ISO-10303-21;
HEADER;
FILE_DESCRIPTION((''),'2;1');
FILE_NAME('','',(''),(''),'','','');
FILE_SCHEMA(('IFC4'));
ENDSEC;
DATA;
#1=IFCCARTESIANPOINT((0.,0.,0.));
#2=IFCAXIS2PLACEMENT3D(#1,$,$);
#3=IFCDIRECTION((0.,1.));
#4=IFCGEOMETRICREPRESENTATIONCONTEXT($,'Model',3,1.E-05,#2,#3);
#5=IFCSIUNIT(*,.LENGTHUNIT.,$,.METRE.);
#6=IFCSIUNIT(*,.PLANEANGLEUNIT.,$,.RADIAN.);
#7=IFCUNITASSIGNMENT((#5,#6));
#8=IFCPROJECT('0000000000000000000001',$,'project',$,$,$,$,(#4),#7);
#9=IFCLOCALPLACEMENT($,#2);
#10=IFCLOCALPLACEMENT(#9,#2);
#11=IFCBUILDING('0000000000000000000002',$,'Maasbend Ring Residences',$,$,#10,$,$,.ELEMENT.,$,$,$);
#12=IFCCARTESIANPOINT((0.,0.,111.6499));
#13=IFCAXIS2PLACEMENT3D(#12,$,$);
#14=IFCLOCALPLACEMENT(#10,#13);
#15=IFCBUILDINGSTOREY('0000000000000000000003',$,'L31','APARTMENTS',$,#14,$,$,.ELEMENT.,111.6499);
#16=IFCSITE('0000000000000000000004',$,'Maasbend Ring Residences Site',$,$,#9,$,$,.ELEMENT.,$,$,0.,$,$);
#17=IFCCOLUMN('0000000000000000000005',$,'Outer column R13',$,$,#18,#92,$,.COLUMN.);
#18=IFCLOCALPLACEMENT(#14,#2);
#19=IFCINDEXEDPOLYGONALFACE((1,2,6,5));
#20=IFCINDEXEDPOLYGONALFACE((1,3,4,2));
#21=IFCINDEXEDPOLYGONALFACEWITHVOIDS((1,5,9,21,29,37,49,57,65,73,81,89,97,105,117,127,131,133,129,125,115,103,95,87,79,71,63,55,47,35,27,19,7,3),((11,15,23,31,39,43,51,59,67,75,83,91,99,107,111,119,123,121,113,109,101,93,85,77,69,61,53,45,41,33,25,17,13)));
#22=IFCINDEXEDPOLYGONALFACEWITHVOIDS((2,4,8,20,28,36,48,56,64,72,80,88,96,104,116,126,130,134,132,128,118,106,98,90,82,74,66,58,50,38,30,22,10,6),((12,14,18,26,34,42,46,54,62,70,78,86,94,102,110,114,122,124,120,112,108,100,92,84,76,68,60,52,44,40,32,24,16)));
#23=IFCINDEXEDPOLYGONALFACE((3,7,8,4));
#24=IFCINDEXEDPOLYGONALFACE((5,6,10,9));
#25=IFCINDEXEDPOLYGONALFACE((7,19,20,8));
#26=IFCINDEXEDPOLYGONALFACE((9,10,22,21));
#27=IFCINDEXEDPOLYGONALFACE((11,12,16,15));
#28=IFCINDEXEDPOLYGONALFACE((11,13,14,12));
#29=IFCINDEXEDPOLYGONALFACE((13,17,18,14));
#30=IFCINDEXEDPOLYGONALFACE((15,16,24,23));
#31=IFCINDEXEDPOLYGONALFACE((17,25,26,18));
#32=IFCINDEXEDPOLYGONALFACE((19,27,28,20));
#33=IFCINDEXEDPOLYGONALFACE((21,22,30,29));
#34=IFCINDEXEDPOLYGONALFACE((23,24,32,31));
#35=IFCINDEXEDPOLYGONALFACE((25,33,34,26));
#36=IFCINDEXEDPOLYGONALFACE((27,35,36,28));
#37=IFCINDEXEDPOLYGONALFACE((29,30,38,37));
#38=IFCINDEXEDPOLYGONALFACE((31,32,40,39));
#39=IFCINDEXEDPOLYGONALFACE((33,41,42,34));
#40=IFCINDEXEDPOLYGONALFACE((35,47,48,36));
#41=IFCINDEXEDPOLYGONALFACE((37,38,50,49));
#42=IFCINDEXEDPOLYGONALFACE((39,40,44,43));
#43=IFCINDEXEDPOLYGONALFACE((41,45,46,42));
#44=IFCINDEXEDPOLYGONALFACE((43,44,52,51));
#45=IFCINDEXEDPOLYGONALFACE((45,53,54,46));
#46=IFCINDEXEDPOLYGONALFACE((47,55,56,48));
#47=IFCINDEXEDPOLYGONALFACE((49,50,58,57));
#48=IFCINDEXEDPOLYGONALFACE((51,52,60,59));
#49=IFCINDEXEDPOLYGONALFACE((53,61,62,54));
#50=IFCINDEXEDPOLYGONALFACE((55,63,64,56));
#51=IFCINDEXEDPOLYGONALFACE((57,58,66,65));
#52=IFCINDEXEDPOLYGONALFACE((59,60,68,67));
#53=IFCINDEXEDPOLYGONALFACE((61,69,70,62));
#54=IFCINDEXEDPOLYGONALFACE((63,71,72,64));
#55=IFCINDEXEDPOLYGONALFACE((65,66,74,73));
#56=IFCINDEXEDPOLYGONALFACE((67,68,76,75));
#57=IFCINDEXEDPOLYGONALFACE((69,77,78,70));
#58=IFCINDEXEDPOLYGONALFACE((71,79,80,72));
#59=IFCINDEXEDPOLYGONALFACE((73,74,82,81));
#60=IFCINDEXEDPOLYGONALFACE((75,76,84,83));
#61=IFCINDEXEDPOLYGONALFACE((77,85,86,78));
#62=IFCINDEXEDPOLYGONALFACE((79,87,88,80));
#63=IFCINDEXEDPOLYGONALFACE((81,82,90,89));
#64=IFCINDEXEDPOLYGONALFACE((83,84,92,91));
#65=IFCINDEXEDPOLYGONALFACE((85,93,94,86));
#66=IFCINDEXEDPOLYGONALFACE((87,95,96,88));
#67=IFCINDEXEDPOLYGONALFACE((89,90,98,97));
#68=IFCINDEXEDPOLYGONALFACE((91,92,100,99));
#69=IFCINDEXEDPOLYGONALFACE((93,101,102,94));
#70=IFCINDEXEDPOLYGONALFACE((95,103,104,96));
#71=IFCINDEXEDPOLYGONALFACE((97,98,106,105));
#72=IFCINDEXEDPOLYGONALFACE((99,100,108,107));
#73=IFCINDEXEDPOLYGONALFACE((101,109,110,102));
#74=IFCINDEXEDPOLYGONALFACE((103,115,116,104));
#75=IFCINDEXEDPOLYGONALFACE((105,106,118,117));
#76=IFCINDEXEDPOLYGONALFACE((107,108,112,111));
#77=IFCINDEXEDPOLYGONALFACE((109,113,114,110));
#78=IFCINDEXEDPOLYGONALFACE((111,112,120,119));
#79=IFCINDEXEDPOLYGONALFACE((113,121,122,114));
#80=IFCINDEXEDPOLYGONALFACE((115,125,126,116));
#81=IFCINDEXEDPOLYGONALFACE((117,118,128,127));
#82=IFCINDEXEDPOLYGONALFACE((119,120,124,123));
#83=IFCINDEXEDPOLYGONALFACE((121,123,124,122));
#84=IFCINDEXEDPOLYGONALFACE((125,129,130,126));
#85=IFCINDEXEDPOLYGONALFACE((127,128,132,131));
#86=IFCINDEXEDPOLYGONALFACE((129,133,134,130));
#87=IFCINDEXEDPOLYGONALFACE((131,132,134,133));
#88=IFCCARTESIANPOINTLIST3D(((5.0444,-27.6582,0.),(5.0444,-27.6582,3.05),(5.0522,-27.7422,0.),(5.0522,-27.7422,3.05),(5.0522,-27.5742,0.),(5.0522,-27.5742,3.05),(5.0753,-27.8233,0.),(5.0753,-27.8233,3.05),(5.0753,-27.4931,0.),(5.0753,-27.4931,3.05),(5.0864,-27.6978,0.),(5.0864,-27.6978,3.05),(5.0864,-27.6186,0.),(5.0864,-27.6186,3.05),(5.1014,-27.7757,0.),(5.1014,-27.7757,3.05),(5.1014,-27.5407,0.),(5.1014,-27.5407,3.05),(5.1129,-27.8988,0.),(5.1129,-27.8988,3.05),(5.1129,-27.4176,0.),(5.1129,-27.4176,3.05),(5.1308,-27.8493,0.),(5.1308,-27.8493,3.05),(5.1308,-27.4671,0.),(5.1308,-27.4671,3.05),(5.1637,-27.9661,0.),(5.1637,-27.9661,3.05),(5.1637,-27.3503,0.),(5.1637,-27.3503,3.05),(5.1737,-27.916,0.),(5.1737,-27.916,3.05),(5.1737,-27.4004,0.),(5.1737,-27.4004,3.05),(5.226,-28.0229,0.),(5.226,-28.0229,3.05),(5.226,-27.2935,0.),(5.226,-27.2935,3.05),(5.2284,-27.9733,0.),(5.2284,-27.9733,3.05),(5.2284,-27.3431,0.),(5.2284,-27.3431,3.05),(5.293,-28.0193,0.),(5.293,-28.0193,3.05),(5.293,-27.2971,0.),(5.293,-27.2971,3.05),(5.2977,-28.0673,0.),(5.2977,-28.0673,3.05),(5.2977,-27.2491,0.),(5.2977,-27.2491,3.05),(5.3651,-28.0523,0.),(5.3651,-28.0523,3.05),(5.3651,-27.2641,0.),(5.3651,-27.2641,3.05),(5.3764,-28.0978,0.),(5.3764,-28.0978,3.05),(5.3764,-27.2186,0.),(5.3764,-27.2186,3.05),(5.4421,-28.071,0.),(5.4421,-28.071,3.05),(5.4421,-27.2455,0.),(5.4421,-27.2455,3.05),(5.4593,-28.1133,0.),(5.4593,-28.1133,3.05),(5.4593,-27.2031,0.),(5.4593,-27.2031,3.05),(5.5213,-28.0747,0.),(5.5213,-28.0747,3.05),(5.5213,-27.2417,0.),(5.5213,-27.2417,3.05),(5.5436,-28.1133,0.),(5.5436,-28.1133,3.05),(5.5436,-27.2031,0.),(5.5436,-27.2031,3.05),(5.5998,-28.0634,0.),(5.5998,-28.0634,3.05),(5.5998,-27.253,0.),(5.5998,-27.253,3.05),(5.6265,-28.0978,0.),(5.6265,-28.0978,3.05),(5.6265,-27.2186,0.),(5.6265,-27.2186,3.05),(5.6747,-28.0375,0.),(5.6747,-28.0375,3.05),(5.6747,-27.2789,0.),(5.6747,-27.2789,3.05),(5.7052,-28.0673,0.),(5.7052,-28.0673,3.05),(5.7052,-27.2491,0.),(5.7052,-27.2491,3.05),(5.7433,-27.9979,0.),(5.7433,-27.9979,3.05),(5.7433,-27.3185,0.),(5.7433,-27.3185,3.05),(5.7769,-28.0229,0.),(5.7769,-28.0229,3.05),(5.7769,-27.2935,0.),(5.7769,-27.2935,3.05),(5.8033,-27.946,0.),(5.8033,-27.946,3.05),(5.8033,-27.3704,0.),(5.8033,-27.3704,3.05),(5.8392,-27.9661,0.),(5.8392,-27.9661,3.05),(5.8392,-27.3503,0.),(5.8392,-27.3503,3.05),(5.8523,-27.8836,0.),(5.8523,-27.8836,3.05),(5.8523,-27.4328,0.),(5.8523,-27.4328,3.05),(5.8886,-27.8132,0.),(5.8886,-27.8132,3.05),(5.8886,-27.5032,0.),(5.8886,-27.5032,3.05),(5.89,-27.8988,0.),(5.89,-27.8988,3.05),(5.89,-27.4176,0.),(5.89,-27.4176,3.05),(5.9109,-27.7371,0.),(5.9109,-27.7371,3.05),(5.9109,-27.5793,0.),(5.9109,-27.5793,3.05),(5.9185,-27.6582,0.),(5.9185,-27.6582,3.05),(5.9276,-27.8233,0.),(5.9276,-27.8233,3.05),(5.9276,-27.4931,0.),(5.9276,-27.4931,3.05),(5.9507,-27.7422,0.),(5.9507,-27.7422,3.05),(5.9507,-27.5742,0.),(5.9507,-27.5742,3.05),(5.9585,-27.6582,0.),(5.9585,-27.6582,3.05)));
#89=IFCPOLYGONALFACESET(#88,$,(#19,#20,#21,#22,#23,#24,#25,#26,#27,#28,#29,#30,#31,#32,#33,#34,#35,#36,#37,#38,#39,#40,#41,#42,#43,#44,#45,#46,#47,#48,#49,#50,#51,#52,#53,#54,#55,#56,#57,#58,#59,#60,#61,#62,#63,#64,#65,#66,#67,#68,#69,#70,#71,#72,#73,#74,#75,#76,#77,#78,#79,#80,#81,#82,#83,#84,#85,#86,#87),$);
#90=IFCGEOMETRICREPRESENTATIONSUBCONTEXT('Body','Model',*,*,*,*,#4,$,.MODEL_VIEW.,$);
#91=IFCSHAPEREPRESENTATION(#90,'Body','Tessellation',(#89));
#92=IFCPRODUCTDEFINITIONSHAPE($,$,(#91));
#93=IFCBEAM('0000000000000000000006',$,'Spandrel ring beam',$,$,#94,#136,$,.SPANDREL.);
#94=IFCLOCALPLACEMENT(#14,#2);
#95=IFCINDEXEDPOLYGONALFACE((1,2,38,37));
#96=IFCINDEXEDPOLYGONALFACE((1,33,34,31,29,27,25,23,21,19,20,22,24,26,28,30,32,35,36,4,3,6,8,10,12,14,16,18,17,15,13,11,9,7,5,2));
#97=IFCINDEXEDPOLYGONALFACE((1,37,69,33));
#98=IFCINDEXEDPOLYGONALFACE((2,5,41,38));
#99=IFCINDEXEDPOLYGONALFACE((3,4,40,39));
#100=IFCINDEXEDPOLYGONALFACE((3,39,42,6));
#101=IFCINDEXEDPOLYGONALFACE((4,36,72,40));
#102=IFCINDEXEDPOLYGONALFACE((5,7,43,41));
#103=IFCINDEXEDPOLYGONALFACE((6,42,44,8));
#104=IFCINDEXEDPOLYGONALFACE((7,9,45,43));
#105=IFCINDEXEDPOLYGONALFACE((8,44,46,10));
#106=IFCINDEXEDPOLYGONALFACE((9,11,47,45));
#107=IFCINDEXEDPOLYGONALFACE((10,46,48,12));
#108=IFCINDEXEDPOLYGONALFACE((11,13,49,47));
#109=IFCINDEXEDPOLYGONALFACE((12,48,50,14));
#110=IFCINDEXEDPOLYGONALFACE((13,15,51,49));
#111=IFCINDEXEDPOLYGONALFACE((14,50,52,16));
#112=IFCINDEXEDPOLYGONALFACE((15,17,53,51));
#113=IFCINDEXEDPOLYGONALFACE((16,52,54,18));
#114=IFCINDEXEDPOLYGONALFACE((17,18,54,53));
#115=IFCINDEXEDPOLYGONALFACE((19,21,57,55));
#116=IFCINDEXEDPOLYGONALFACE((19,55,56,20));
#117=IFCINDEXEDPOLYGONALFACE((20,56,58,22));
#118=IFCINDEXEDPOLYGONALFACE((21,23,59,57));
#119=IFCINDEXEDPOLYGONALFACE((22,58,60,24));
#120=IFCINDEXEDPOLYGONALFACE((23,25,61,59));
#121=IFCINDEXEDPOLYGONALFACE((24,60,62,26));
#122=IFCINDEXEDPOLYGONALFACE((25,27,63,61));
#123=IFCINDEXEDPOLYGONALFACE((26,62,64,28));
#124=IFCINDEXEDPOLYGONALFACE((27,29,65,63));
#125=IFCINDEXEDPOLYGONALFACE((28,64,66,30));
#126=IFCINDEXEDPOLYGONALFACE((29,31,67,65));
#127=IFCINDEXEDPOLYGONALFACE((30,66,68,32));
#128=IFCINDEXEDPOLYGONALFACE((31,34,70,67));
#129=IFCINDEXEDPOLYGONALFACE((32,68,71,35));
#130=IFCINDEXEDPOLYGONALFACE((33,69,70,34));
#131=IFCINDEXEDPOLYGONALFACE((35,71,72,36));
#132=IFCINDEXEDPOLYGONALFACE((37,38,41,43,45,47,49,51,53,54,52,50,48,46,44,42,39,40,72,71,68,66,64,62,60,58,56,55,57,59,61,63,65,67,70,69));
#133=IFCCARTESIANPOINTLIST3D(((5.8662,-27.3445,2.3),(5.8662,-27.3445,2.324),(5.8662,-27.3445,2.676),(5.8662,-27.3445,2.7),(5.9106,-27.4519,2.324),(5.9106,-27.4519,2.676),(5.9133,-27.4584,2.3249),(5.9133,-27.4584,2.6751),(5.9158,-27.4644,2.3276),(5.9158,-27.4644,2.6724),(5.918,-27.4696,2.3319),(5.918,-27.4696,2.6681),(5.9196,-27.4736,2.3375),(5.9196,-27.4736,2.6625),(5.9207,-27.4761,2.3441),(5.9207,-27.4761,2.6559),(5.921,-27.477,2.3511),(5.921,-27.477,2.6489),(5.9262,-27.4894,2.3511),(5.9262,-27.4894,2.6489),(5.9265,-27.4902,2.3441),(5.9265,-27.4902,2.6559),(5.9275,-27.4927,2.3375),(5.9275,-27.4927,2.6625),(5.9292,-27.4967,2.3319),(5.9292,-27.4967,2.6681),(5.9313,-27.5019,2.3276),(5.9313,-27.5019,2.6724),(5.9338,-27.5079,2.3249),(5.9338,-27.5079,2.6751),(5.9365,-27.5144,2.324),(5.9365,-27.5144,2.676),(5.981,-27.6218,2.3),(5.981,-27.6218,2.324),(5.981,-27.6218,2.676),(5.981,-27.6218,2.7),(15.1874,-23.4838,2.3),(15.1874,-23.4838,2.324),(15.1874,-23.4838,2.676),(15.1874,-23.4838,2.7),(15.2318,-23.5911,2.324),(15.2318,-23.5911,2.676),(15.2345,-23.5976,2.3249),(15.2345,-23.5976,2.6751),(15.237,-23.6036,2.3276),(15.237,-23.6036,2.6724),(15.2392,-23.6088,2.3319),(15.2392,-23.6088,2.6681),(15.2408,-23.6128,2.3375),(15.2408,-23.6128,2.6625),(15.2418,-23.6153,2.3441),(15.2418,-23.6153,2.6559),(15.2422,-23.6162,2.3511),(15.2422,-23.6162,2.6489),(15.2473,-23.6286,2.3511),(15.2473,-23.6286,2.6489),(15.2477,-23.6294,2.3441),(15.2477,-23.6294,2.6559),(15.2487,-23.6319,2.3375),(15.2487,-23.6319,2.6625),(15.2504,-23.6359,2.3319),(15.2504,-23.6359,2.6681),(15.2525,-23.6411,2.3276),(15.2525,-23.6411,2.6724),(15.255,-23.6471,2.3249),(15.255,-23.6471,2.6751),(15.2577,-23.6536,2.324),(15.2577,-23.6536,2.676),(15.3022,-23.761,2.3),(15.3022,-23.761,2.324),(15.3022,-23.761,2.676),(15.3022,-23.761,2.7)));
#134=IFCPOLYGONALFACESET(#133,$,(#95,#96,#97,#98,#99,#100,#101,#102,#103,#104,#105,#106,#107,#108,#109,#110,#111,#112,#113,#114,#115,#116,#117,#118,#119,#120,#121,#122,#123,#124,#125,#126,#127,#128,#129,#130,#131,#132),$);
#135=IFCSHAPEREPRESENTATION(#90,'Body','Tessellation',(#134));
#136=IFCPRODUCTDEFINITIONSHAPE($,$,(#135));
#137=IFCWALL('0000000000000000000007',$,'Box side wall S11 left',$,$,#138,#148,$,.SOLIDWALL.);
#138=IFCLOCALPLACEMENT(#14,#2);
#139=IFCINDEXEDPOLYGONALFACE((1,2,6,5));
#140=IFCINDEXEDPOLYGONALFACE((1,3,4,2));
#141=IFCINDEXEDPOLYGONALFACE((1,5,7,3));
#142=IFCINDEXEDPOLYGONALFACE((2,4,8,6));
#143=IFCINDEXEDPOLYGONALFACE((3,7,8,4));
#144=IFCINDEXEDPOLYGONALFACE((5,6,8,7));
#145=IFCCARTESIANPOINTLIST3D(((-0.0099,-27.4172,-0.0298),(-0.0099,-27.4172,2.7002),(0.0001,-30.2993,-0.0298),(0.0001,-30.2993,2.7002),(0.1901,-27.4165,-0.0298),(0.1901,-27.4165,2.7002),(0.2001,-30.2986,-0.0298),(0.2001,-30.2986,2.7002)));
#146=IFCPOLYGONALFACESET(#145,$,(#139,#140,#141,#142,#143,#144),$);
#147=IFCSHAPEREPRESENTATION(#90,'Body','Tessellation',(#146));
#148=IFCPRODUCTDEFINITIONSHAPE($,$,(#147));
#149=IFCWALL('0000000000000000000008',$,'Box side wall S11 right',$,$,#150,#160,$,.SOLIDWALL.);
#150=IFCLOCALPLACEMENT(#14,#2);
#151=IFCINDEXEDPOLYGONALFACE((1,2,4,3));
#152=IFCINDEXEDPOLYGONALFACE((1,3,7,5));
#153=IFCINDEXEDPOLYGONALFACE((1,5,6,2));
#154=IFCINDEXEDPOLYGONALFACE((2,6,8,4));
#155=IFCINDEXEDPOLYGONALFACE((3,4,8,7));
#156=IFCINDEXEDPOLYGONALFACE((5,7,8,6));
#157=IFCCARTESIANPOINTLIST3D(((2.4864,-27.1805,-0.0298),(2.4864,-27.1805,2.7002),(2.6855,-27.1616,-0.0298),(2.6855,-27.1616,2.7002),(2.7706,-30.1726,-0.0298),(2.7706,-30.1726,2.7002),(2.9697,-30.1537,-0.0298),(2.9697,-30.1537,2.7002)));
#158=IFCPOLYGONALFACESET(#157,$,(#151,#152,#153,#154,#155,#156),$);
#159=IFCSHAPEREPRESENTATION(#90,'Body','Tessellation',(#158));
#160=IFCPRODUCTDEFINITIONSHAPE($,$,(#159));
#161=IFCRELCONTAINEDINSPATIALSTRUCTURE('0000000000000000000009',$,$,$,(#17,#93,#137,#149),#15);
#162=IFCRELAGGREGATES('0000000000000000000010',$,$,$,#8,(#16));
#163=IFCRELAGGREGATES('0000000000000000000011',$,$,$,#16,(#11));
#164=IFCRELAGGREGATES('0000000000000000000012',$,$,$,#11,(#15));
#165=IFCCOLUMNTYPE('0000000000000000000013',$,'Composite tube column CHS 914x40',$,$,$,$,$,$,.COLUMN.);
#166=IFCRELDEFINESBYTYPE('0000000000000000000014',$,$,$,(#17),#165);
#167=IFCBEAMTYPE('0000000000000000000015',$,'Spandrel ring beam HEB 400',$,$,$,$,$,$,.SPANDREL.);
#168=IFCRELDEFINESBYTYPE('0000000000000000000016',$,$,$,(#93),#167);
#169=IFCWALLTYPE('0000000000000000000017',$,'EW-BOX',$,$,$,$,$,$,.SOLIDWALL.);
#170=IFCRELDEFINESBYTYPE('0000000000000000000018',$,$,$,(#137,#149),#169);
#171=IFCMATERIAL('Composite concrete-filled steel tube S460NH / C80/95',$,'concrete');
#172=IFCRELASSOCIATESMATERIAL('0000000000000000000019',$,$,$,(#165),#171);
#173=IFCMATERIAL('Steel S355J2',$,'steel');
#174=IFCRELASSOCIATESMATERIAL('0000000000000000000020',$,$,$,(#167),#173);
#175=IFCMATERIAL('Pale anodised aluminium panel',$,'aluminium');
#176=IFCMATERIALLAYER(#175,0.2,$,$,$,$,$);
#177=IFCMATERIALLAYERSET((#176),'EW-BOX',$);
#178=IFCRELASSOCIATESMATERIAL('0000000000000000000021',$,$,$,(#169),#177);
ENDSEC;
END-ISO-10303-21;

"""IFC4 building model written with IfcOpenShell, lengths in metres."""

from ifc_helpers import new_model, si_unit, direction, frame, frame_2d, origin, origin_2d, place, context, subcontext, project, spatial, rectangle, hollow_circle, i_section, extrude, material, layer, layer_set, material_profile, profile_set, type_object, element, save


model = new_model("IFC4")

# Units and contexts
model_context = context("Model", 3, precision=1e-05, world=origin(), true_north=direction((0.0, 1.0)))
body_context = subcontext(model_context, "Body", "Model", "MODEL_VIEW")
ifc_project = project(units=[si_unit("LENGTHUNIT", "METRE"), si_unit("PLANEANGLEUNIT", "RADIAN")], contexts=[model_context])

# Site, building, storey
site_placement = place(None, origin())
site = spatial("IfcSite", under=ifc_project, at=site_placement, Name="Maasbend Ring Residences Site", CompositionType="ELEMENT", RefElevation=0.0)
building_placement = place(site_placement, origin())
building = spatial("IfcBuilding", under=site, at=building_placement, Name="Maasbend Ring Residences", CompositionType="ELEMENT")
storey_placement = place(building_placement, frame((0.0, 0.0, 111.6499)))
storey = spatial("IfcBuildingStorey", under=building, at=storey_placement, Name="L31", Description="APARTMENTS", CompositionType="ELEMENT", Elevation=111.6499)

# Column
ifc_material_1 = material(Name="Composite concrete-filled steel tube S460NH / C80/95", Category="concrete")
ifc_material_profile_1 = material_profile(ifc_material_1, hollow_circle(Radius=0.457, WallThickness=0.04, at=origin_2d()), Name="Composite tube column CHS 914x40")
ifc_profile_set_1 = profile_set([ifc_material_profile_1], Name="Composite concrete-filled steel tube S460NH / C80/95")
column_type = type_object("IfcColumnType", Name="Composite tube column CHS 914x40", PredefinedType="COLUMN", material=ifc_profile_set_1)
column_placement = place(storey_placement, frame((5.5015, -27.6582, 0.0), z_axis=(0.0, 0.0, 1.0), x_axis=(1.0, 0.0, 0.0)))
element("IfcColumn", 1, at=column_placement, inside=storey, type_object=column_type, Name="Outer column R13", PredefinedType="COLUMN", context=body_context, shape_type="SweptSolid", body=[
    extrude(hollow_circle(Radius=0.457, WallThickness=0.04, at=origin_2d()), origin(), (0.0, 0.0, 1.0), 3.05),
])

# Beam
ifc_material_2 = material(Name="Steel S355J2", Category="steel")
ifc_material_profile_2 = material_profile(ifc_material_2, i_section(OverallWidth=0.3, OverallDepth=0.3999, WebThickness=0.0134, FlangeThickness=0.0239, FilletRadius=0.0271, at=origin_2d()), Name="HEB 400")
ifc_profile_set_2 = profile_set([ifc_material_profile_2], Name="Steel S355J2")
beam_type = type_object("IfcBeamType", Name="Spandrel ring beam HEB 400", PredefinedType="SPANDREL", material=ifc_profile_set_2)
beam_placement = place(storey_placement, frame((5.9236, -27.4832, 2.5), z_axis=(0.923885, 0.38267, 0.0), x_axis=(-0.38267, 0.923885, 0.0)))
element("IfcBeam", 2, at=beam_placement, inside=storey, type_object=beam_type, Name="Spandrel ring beam", PredefinedType="SPANDREL", context=body_context, shape_type="SweptSolid", body=[
    extrude(i_section(OverallWidth=0.3, OverallDepth=0.3999, WebThickness=0.0134, FlangeThickness=0.0239, FilletRadius=0.0271, at=origin_2d()), origin(), (0.0, 0.0, 1.0), 10.0891),
])

# Walls
ifc_material_3 = material(Name="Pale anodised aluminium panel", Category="aluminium")
ifc_layer_1 = layer(ifc_material_3, 0.2)
ifc_layer_set_1 = layer_set([ifc_layer_1], Name="EW-BOX")
wall_type_1 = type_object("IfcWallType", Name="EW-BOX", PredefinedType="SOLIDWALL", material=ifc_layer_set_1)
wall_1_placement = place(storey_placement, frame((0.0901, -27.417, -0.0298), z_axis=(0.0, 0.0, 1.0), x_axis=(0.003473, -0.999994, 0.0)))
element("IfcWall", 3, at=wall_1_placement, inside=storey, type_object=wall_type_1, Name="Box side wall S11 left", PredefinedType="SOLIDWALL", context=body_context, shape_type="SweptSolid", body=[
    extrude(rectangle(XDim=2.8821, YDim=0.2, at=frame_2d((1.4409, 0.0))), origin(), (0.0, 0.0, 1.0), 2.73),
])
wall_2_placement = place(storey_placement, frame((2.5859, -27.1709, -0.0298), z_axis=(0.0, 0.0, 1.0), x_axis=(0.094548, -0.99552, 0.0)))
element("IfcWall", 4, at=wall_2_placement, inside=storey, type_object=wall_type_1, Name="Box side wall S11 right", PredefinedType="SOLIDWALL", context=body_context, shape_type="SweptSolid", body=[
    extrude(rectangle(XDim=3.0056, YDim=0.2, at=frame_2d((1.5029, 0.0))), origin(), (0.0, 0.0, 1.0), 2.73),
])

save(model, "model.ifc")
